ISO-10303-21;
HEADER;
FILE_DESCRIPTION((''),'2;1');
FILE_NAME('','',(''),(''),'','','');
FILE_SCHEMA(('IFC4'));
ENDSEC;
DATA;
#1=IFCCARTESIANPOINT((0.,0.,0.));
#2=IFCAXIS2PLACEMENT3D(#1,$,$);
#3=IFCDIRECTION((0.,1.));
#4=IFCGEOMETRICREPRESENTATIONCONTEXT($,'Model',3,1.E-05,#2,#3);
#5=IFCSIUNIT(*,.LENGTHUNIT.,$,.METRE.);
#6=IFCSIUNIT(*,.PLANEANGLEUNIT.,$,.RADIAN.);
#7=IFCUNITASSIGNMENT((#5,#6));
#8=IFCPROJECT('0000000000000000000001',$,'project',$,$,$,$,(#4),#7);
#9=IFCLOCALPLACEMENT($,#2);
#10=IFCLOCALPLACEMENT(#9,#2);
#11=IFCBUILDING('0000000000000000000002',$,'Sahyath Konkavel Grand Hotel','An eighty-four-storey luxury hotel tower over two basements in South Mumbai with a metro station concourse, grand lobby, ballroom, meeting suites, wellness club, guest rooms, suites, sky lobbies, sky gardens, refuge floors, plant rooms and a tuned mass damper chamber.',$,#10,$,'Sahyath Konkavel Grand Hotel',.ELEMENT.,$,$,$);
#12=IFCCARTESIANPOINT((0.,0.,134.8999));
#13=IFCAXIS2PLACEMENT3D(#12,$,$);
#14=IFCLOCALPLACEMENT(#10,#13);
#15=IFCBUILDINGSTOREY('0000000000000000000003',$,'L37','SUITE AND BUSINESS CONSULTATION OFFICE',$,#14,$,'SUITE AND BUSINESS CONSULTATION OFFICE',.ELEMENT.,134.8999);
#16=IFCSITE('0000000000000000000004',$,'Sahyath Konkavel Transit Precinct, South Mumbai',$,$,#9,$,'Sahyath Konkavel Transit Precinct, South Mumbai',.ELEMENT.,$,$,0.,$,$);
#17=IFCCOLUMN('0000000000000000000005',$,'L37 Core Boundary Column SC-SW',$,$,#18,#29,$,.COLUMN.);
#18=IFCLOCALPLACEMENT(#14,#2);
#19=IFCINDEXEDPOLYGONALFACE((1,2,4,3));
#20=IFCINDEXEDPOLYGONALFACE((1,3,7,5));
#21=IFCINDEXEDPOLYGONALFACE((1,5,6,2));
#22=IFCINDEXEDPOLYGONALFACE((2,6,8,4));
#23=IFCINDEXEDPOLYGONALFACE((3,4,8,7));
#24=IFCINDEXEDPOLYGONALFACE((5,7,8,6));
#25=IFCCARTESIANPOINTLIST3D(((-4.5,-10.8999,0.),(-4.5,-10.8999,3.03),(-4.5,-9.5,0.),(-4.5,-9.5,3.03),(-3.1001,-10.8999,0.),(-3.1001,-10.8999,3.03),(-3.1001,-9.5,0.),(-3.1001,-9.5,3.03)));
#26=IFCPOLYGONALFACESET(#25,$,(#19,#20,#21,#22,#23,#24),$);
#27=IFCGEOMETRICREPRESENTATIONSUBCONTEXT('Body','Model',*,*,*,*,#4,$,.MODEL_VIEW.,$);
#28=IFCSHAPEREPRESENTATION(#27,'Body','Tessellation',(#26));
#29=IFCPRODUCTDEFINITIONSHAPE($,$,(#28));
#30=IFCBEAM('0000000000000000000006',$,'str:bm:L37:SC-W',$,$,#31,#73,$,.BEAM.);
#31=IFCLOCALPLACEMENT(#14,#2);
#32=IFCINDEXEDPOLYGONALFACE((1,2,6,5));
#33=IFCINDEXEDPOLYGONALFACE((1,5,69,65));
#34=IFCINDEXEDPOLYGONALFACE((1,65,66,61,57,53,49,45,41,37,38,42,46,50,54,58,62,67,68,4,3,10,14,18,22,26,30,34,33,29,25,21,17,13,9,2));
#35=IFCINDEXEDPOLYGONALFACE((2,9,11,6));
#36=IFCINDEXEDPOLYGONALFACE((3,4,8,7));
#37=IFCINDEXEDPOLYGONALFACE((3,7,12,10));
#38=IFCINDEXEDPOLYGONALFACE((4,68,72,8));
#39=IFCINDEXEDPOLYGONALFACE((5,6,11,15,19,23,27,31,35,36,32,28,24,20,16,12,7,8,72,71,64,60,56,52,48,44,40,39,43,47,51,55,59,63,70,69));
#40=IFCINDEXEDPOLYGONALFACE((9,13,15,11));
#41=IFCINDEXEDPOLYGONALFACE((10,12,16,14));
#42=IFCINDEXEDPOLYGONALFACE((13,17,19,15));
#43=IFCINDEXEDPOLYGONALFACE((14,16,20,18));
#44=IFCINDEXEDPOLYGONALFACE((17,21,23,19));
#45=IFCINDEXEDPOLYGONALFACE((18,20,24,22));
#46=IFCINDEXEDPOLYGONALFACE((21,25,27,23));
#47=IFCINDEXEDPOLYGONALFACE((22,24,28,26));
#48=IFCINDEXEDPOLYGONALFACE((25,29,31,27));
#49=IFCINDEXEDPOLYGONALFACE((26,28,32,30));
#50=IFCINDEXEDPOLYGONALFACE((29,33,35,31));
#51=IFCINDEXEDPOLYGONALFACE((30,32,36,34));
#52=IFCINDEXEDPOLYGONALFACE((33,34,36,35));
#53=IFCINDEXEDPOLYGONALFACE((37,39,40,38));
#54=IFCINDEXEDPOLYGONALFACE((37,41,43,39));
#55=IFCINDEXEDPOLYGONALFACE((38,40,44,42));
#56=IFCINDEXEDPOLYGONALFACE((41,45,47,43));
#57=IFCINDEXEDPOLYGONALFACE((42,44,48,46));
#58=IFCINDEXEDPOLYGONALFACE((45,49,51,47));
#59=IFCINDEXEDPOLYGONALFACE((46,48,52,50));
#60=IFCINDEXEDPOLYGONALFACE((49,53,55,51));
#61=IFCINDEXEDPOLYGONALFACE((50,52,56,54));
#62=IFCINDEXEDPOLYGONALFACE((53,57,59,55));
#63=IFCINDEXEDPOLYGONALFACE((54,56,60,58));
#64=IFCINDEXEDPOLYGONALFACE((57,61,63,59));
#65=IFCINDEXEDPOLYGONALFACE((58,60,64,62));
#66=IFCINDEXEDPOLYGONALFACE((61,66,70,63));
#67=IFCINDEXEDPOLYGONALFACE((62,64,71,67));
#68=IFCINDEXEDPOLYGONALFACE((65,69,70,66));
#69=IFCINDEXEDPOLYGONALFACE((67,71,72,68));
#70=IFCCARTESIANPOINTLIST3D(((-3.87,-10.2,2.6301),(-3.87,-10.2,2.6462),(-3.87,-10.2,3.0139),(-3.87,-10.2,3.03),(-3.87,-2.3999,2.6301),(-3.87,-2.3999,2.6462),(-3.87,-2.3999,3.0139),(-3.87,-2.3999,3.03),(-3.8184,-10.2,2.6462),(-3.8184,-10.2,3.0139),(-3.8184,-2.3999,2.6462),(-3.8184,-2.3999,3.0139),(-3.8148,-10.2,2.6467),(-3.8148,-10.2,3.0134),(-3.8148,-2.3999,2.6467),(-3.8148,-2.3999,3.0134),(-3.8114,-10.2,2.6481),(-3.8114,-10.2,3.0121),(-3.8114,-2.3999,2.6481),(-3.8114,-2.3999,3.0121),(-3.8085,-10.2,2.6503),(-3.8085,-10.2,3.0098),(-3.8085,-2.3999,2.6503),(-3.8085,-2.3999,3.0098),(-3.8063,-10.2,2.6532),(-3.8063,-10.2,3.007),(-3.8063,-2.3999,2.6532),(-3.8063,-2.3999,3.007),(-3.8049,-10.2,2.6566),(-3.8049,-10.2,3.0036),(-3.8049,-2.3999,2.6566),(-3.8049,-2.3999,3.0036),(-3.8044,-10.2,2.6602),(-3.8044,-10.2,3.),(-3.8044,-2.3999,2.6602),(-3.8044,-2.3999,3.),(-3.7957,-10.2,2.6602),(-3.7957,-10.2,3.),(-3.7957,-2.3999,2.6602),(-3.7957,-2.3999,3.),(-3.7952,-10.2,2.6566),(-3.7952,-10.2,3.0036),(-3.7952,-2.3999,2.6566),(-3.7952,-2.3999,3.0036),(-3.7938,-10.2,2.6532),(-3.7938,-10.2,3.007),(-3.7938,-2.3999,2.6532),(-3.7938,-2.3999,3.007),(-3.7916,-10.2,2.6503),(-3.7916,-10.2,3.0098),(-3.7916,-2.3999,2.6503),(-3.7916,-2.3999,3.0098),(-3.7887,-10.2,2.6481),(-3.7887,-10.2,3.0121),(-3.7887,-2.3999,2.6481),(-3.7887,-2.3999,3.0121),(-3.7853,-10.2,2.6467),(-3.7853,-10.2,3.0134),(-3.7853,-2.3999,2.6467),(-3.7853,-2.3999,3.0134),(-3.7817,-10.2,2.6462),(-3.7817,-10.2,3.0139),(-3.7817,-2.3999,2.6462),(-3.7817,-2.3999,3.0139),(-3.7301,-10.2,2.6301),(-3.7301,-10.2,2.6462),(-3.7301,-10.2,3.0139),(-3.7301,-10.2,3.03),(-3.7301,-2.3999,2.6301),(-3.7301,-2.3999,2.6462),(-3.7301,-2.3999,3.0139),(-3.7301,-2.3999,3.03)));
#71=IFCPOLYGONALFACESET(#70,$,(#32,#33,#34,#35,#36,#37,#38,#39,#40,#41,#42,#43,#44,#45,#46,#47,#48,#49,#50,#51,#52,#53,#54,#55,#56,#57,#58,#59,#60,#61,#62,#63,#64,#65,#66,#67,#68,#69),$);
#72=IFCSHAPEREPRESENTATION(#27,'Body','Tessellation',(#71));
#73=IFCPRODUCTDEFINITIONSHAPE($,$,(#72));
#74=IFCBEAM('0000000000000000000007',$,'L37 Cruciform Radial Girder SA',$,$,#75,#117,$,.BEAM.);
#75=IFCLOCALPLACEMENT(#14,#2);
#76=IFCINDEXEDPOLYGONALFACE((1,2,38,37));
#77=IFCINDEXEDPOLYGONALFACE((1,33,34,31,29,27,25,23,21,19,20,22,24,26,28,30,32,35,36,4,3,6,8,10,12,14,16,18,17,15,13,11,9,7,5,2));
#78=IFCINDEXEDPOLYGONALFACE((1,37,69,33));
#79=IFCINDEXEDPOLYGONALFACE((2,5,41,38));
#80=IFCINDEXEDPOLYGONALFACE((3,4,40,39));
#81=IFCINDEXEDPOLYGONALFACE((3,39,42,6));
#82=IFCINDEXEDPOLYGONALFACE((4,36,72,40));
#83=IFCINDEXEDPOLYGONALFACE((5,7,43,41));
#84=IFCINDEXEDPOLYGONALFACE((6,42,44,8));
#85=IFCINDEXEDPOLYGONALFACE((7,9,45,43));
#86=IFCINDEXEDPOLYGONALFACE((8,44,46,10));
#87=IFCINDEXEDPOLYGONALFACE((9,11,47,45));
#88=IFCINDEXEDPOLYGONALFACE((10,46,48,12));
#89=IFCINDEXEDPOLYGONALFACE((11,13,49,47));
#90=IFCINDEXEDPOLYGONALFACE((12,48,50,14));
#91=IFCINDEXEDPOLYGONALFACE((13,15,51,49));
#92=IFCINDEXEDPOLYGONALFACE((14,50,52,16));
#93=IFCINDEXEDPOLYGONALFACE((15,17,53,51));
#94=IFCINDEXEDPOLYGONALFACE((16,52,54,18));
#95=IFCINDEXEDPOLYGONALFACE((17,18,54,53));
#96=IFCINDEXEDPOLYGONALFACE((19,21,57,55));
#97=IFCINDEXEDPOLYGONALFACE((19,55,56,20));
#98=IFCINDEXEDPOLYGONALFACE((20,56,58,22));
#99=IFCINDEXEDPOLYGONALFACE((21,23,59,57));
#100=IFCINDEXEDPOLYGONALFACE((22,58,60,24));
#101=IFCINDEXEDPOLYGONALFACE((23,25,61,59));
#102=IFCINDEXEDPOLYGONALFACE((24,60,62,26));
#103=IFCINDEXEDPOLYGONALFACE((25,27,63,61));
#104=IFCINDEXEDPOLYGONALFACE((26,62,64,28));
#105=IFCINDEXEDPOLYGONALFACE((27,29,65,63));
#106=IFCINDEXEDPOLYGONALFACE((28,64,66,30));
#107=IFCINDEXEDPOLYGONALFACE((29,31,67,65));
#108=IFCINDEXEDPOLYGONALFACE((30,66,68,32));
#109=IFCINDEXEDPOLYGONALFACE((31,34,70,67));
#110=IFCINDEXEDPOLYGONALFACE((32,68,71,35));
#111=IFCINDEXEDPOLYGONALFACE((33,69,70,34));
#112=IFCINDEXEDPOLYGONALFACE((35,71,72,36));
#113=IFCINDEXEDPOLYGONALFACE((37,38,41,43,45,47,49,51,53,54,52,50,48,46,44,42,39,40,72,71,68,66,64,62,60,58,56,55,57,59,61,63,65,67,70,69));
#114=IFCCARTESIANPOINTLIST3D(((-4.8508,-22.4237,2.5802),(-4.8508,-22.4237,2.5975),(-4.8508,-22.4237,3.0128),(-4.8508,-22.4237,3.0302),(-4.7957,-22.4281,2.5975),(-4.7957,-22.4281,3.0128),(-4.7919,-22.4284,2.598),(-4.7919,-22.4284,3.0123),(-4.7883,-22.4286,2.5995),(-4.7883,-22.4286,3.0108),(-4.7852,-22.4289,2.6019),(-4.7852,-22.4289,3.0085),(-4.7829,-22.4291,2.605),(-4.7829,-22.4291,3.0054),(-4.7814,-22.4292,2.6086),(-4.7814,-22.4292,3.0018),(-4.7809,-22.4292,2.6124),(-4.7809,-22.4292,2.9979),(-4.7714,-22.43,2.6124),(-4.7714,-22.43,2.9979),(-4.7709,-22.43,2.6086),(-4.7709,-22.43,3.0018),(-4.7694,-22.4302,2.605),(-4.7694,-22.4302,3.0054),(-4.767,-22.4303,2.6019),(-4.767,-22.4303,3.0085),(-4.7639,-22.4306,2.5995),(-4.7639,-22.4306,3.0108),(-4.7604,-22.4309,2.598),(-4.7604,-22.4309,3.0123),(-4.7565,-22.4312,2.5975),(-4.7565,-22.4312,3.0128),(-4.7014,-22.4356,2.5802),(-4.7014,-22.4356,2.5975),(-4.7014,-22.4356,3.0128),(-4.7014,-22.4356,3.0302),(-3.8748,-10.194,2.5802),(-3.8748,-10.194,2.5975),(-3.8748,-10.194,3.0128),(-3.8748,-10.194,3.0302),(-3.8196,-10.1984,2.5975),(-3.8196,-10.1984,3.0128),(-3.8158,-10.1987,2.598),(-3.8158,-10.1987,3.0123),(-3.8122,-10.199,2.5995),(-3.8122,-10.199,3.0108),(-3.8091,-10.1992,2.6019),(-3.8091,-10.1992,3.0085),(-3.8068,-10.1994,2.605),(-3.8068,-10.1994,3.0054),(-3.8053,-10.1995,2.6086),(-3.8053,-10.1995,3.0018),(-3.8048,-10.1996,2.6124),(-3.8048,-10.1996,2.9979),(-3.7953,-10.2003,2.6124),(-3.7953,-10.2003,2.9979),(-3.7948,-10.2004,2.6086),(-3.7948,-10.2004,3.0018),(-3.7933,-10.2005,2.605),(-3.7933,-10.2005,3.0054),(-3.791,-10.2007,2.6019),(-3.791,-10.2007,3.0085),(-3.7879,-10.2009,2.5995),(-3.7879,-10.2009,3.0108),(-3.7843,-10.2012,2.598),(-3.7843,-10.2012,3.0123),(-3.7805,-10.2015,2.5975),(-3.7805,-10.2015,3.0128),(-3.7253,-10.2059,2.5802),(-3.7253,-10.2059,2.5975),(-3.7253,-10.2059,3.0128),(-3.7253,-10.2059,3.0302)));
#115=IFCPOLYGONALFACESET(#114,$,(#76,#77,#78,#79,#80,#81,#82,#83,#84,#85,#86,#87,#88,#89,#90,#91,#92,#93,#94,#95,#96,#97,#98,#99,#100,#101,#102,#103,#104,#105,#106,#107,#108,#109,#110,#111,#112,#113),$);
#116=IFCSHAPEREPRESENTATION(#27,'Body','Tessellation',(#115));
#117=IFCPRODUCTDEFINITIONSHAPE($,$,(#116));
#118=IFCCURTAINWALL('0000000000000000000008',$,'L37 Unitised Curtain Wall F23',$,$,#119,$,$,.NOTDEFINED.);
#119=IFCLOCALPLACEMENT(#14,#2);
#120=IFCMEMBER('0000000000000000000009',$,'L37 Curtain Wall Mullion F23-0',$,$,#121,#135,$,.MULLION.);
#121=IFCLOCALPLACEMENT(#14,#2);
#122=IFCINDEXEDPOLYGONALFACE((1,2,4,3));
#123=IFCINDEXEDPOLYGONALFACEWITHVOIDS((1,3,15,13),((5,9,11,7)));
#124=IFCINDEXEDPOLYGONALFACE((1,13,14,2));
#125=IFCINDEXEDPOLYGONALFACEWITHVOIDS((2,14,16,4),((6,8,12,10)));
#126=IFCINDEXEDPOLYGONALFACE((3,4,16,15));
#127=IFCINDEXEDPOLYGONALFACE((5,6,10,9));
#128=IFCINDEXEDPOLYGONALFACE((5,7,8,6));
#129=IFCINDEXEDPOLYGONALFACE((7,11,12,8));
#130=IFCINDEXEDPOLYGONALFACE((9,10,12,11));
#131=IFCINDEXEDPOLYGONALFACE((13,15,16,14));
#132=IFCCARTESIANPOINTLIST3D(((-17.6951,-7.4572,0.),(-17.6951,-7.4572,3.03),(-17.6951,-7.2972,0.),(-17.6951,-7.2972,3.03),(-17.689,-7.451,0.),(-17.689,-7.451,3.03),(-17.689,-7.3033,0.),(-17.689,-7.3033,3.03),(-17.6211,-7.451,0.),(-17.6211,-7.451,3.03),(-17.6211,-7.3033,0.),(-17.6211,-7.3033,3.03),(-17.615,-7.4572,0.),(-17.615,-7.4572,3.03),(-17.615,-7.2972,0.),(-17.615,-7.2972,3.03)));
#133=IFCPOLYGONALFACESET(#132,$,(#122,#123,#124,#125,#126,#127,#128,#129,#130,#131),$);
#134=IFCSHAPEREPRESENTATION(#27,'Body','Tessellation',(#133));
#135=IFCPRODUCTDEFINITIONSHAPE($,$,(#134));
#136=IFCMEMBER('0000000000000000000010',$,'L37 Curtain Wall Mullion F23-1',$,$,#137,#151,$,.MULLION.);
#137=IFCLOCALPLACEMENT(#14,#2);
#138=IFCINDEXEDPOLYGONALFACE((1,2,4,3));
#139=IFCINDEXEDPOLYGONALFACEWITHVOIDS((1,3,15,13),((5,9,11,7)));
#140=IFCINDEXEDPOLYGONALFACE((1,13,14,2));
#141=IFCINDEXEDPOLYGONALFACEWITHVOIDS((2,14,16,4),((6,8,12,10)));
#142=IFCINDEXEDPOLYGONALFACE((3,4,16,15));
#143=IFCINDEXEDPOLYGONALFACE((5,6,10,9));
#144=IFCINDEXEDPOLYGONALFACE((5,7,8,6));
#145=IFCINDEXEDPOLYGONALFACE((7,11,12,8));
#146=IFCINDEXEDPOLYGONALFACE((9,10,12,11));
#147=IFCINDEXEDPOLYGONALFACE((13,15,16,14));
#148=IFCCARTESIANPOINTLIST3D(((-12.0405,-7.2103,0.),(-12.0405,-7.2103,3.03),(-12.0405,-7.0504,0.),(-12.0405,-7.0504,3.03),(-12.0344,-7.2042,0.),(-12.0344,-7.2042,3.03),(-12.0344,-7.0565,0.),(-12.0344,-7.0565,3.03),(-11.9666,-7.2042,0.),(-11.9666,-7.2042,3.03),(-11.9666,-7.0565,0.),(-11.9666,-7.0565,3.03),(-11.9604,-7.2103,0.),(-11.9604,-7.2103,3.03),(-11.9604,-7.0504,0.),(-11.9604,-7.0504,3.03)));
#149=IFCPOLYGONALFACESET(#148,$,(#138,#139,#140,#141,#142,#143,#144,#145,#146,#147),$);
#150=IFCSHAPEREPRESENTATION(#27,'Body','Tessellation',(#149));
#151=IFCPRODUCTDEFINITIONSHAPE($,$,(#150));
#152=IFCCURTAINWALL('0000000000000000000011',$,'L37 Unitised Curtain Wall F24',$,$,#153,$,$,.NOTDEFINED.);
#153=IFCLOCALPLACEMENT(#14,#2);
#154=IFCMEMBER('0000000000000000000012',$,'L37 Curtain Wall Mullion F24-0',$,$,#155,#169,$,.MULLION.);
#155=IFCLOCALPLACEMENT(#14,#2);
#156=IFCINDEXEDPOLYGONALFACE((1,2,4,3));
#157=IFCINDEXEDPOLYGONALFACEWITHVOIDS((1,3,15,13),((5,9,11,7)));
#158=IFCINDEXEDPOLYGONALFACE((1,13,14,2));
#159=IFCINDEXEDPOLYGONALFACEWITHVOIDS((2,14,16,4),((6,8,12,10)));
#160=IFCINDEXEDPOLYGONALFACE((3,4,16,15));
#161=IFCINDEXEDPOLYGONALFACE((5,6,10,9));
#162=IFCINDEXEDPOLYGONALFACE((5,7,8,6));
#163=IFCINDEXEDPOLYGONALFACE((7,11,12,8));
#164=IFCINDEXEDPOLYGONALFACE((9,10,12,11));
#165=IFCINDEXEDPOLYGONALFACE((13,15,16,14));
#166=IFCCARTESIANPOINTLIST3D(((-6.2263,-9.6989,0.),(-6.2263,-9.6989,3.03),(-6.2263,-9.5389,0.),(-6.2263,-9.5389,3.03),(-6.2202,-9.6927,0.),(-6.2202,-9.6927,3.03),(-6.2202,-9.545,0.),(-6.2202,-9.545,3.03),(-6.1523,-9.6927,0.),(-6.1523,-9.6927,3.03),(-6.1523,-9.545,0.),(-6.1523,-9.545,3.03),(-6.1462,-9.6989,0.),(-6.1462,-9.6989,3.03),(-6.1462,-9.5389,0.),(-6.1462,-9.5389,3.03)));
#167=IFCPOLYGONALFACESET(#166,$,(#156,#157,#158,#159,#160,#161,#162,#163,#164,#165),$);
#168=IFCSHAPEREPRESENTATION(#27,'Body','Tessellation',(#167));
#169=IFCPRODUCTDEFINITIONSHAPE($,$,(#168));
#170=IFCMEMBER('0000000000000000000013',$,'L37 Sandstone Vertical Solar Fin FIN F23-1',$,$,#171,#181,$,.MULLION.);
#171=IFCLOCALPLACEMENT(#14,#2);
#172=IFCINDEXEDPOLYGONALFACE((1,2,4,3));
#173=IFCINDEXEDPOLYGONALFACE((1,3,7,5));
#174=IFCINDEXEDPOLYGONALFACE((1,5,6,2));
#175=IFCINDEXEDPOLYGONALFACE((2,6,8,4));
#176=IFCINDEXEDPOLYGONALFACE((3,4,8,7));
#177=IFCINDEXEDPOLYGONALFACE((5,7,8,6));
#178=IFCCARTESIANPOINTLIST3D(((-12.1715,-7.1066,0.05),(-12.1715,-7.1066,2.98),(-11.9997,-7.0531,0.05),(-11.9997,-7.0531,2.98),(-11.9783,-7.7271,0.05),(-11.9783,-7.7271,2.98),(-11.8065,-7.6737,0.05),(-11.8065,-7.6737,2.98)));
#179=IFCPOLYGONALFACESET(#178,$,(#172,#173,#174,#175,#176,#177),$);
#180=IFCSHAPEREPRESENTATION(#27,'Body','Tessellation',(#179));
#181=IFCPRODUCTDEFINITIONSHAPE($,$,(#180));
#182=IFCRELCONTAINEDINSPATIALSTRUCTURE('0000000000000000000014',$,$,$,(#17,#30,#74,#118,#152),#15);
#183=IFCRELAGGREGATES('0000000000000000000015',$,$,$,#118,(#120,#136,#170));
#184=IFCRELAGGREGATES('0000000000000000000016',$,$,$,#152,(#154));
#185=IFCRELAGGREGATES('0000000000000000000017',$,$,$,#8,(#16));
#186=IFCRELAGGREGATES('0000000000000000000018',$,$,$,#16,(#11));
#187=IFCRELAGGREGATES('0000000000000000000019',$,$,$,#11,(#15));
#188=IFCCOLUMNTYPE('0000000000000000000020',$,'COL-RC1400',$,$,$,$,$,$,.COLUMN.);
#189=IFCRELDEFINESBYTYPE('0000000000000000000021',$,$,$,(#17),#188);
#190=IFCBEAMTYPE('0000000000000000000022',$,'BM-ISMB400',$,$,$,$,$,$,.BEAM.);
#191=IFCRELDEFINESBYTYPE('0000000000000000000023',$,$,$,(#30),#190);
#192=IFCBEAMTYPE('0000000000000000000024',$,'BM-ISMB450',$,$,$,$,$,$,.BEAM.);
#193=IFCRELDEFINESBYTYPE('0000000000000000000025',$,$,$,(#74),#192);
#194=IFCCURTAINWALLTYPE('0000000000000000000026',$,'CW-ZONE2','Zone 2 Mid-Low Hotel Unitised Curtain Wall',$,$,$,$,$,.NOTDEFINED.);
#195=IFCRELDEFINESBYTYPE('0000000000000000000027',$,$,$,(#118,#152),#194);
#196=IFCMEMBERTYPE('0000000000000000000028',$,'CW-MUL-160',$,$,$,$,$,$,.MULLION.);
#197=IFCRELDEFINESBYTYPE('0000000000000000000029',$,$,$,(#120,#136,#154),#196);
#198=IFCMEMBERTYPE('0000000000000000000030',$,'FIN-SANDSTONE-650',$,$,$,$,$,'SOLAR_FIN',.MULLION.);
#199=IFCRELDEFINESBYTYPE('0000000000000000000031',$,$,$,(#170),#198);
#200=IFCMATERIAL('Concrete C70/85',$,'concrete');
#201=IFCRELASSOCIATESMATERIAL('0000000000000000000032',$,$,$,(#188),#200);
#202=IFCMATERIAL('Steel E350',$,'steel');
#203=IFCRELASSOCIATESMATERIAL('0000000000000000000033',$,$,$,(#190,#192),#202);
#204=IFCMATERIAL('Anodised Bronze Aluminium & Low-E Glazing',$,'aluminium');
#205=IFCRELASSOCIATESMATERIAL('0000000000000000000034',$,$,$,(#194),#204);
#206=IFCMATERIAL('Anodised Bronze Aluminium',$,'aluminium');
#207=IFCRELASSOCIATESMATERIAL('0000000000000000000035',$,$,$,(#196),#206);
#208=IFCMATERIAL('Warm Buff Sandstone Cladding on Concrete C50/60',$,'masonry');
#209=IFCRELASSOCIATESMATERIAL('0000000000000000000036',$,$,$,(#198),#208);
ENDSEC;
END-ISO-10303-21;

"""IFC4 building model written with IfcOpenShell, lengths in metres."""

from ifc_helpers import new_model, si_unit, direction, frame, origin, origin_2d, place, context, subcontext, project, spatial, rectangle, hollow_rectangle, i_section, extrude, source, transform, mapped, material, material_profile, profile_set, type_object, element, aggregate, save


model = new_model("IFC4")

# Units and contexts
model_context = context("Model", 3, precision=1e-05, world=origin(), true_north=direction((0.0, 1.0)))
body_context = subcontext(model_context, "Body", "Model", "MODEL_VIEW")
ifc_project = project(units=[si_unit("LENGTHUNIT", "METRE"), si_unit("PLANEANGLEUNIT", "RADIAN")], contexts=[model_context])

# Site, building, storey
site_placement = place(None, origin())
site = spatial("IfcSite", under=ifc_project, at=site_placement, Name="Sahyath Konkavel Transit Precinct, South Mumbai", LongName="Sahyath Konkavel Transit Precinct, South Mumbai", CompositionType="ELEMENT", RefElevation=0.0)
building_placement = place(site_placement, origin())
building = spatial("IfcBuilding", under=site, at=building_placement, Name="Sahyath Konkavel Grand Hotel", Description="An eighty-four-storey luxury hotel tower over two basements in South Mumbai with a metro station concourse, grand lobby, ballroom, meeting suites, wellness club, guest rooms, suites, sky lobbies, sky gardens, refuge floors, plant rooms and a tuned mass damper chamber.", LongName="Sahyath Konkavel Grand Hotel", CompositionType="ELEMENT")
storey_placement = place(building_placement, frame((0.0, 0.0, 134.8999)))
storey = spatial("IfcBuildingStorey", under=building, at=storey_placement, Name="L37", Description="SUITE AND BUSINESS CONSULTATION OFFICE", LongName="SUITE AND BUSINESS CONSULTATION OFFICE", CompositionType="ELEMENT", Elevation=134.8999)

# Column
ifc_material_1 = material(Name="Concrete C70/85", Category="concrete")
ifc_material_profile_1 = material_profile(ifc_material_1, rectangle(XDim=1.3999, YDim=1.3999, at=origin_2d()), Name="RC 1400x1400")
ifc_profile_set_1 = profile_set([ifc_material_profile_1], Name="Concrete C70/85")
column_type = type_object("IfcColumnType", Name="COL-RC1400", PredefinedType="COLUMN", material=ifc_profile_set_1)
shared_shape_1 = source(origin(), body_context, "Body", "SweptSolid", [
    extrude(rectangle(XDim=1.3999, YDim=1.3999, at=origin_2d()), origin(), (0.0, 0.0, 1.0), 3.03),
])
column_placement = place(storey_placement, frame((-3.8, -10.2, 0.0), z_axis=(0.0, 0.0, 1.0), x_axis=(1.0, 0.0, 0.0)))
element("IfcColumn", 1, at=column_placement, inside=storey, type_object=column_type, Name="L37 Core Boundary Column SC-SW", PredefinedType="COLUMN", context=body_context, shape_type="MappedRepresentation", body=[
    mapped(shared_shape_1, transform((0.0, 0.0, 0.0), scale=1.0)),
])

# Beams
ifc_material_2 = material(Name="Steel E350", Category="steel")
ifc_material_profile_2 = material_profile(ifc_material_2, i_section(OverallWidth=0.1399, OverallDepth=0.3999, WebThickness=0.0088, FlangeThickness=0.0161, FilletRadius=0.0139, at=origin_2d()), Name="ISMB 400")
ifc_profile_set_2 = profile_set([ifc_material_profile_2], Name="Steel E350")
beam_type_1 = type_object("IfcBeamType", Name="BM-ISMB400", PredefinedType="BEAM", material=ifc_profile_set_2)
shared_shape_2 = source(origin(), body_context, "Body", "SweptSolid", [
    extrude(i_section(OverallWidth=0.1399, OverallDepth=0.3999, WebThickness=0.0088, FlangeThickness=0.0161, FilletRadius=0.0139, at=origin_2d()), origin(), (0.0, 0.0, 1.0), 7.8),
])
beam_1_placement = place(storey_placement, frame((-3.8, -10.2, 2.8301), z_axis=(0.0, 1.0, 0.0), x_axis=(-1.0, 0.0, 0.0)))
element("IfcBeam", 2, at=beam_1_placement, inside=storey, type_object=beam_type_1, Name="str:bm:L37:SC-W", PredefinedType="BEAM", context=body_context, shape_type="MappedRepresentation", body=[
    mapped(shared_shape_2, transform((0.0, 0.0, 0.0), scale=1.0)),
])
ifc_material_profile_3 = material_profile(ifc_material_2, i_section(OverallWidth=0.1499, OverallDepth=0.45, WebThickness=0.0095, FlangeThickness=0.0173, FilletRadius=0.0149, at=origin_2d()), Name="ISMB 450")
ifc_profile_set_3 = profile_set([ifc_material_profile_3], Name="Steel E350")
beam_type_2 = type_object("IfcBeamType", Name="BM-ISMB450", PredefinedType="BEAM", material=ifc_profile_set_3)
shared_shape_3 = source(origin(), body_context, "Body", "SweptSolid", [
    extrude(i_section(OverallWidth=0.1499, OverallDepth=0.45, WebThickness=0.0095, FlangeThickness=0.0173, FilletRadius=0.0149, at=origin_2d()), origin(), (0.0, 0.0, 1.0), 12.2686),
])
beam_2_placement = place(storey_placement, frame((-3.8, -10.2, 2.8052), z_axis=(-0.079559, -0.99683, 0.0), x_axis=(0.99683, -0.079559, 0.0)))
element("IfcBeam", 3, at=beam_2_placement, inside=storey, type_object=beam_type_2, Name="L37 Cruciform Radial Girder SA", PredefinedType="BEAM", context=body_context, shape_type="MappedRepresentation", body=[
    mapped(shared_shape_3, transform((0.0, 0.0, 0.0), scale=1.0)),
])

# Curtain wall, members
ifc_material_3 = material(Name="Anodised Bronze Aluminium & Low-E Glazing", Category="aluminium")
curtain_wall_type = type_object("IfcCurtainWallType", Name="CW-ZONE2", Description="Zone 2 Mid-Low Hotel Unitised Curtain Wall", PredefinedType="NOTDEFINED", material=ifc_material_3)
curtain_wall_1_placement = place(storey_placement, origin())
curtain_wall_1 = element("IfcCurtainWall", 4, at=curtain_wall_1_placement, inside=storey, type_object=curtain_wall_type, Name="L37 Unitised Curtain Wall F23", PredefinedType="NOTDEFINED")
ifc_material_4 = material(Name="Anodised Bronze Aluminium", Category="aluminium")
ifc_material_profile_4 = material_profile(ifc_material_4, hollow_rectangle(XDim=0.0801, YDim=0.1599, WallThickness=0.0061, at=origin_2d()), Name="RHS 160x80x6")
ifc_profile_set_4 = profile_set([ifc_material_profile_4], Name="Anodised Bronze Aluminium")
member_type_1 = type_object("IfcMemberType", Name="CW-MUL-160", PredefinedType="MULLION", material=ifc_profile_set_4)
shared_shape_4 = source(origin(), body_context, "Body", "SweptSolid", [
    extrude(hollow_rectangle(XDim=0.0801, YDim=0.1599, WallThickness=0.0061, at=origin_2d()), origin(), (0.0, 0.0, 1.0), 3.03),
])
member_1_placement = place(storey_placement, frame((-17.655, -7.3772, 0.0), z_axis=(0.0, 0.0, 1.0), x_axis=(1.0, 0.0, 0.0)))
member_1 = element("IfcMember", 5, at=member_1_placement, type_object=member_type_1, Name="L37 Curtain Wall Mullion F23-0", PredefinedType="MULLION", context=body_context, shape_type="MappedRepresentation", body=[
    mapped(shared_shape_4, transform((0.0, 0.0, 0.0), scale=1.0)),
])
member_2_placement = place(storey_placement, frame((-12.0005, -7.1304, 0.0), z_axis=(0.0, 0.0, 1.0), x_axis=(1.0, 0.0, 0.0)))
member_2 = element("IfcMember", 6, at=member_2_placement, type_object=member_type_1, Name="L37 Curtain Wall Mullion F23-1", PredefinedType="MULLION", context=body_context, shape_type="MappedRepresentation", body=[
    mapped(shared_shape_4, transform((0.0, 0.0, 0.0), scale=1.0)),
])

# Curtain wall, member
curtain_wall_2_placement = place(storey_placement, origin())
curtain_wall_2 = element("IfcCurtainWall", 7, at=curtain_wall_2_placement, inside=storey, type_object=curtain_wall_type, Name="L37 Unitised Curtain Wall F24", PredefinedType="NOTDEFINED")
member_3_placement = place(storey_placement, frame((-6.1863, -9.6189, 0.0), z_axis=(0.0, 0.0, 1.0), x_axis=(1.0, 0.0, 0.0)))
member_3 = element("IfcMember", 8, at=member_3_placement, type_object=member_type_1, Name="L37 Curtain Wall Mullion F24-0", PredefinedType="MULLION", context=body_context, shape_type="MappedRepresentation", body=[
    mapped(shared_shape_4, transform((0.0, 0.0, 0.0), scale=1.0)),
])

# Member
ifc_material_5 = material(Name="Warm Buff Sandstone Cladding on Concrete C50/60", Category="masonry")
ifc_material_profile_5 = material_profile(ifc_material_5, rectangle(XDim=0.1799, YDim=0.6499, at=origin_2d()), Name="FIN 180x650")
ifc_profile_set_5 = profile_set([ifc_material_profile_5], Name="Warm Buff Sandstone Cladding on Concrete C50/60")
member_type_2 = type_object("IfcMemberType", Name="FIN-SANDSTONE-650", ElementType="SOLAR_FIN", PredefinedType="MULLION", material=ifc_profile_set_5)
shared_shape_5 = source(origin(), body_context, "Body", "SweptSolid", [
    extrude(rectangle(XDim=0.1799, YDim=0.6499, at=origin_2d()), origin(), (0.0, 0.0, 1.0), 2.9299),
])
member_4_placement = place(storey_placement, frame((-11.989, -7.3901, 0.05), z_axis=(0.0, 0.0, 1.0), x_axis=(0.954813, 0.297208, 0.0)))
member_4 = element("IfcMember", 9, at=member_4_placement, type_object=member_type_2, Name="L37 Sandstone Vertical Solar Fin FIN F23-1", PredefinedType="MULLION", context=body_context, shape_type="MappedRepresentation", body=[
    mapped(shared_shape_5, transform((0.0, 0.0, 0.0), scale=1.0)),
])

aggregate(curtain_wall_1, [member_1, member_2, member_4])
aggregate(curtain_wall_2, [member_3])

save(model, "model.ifc")
